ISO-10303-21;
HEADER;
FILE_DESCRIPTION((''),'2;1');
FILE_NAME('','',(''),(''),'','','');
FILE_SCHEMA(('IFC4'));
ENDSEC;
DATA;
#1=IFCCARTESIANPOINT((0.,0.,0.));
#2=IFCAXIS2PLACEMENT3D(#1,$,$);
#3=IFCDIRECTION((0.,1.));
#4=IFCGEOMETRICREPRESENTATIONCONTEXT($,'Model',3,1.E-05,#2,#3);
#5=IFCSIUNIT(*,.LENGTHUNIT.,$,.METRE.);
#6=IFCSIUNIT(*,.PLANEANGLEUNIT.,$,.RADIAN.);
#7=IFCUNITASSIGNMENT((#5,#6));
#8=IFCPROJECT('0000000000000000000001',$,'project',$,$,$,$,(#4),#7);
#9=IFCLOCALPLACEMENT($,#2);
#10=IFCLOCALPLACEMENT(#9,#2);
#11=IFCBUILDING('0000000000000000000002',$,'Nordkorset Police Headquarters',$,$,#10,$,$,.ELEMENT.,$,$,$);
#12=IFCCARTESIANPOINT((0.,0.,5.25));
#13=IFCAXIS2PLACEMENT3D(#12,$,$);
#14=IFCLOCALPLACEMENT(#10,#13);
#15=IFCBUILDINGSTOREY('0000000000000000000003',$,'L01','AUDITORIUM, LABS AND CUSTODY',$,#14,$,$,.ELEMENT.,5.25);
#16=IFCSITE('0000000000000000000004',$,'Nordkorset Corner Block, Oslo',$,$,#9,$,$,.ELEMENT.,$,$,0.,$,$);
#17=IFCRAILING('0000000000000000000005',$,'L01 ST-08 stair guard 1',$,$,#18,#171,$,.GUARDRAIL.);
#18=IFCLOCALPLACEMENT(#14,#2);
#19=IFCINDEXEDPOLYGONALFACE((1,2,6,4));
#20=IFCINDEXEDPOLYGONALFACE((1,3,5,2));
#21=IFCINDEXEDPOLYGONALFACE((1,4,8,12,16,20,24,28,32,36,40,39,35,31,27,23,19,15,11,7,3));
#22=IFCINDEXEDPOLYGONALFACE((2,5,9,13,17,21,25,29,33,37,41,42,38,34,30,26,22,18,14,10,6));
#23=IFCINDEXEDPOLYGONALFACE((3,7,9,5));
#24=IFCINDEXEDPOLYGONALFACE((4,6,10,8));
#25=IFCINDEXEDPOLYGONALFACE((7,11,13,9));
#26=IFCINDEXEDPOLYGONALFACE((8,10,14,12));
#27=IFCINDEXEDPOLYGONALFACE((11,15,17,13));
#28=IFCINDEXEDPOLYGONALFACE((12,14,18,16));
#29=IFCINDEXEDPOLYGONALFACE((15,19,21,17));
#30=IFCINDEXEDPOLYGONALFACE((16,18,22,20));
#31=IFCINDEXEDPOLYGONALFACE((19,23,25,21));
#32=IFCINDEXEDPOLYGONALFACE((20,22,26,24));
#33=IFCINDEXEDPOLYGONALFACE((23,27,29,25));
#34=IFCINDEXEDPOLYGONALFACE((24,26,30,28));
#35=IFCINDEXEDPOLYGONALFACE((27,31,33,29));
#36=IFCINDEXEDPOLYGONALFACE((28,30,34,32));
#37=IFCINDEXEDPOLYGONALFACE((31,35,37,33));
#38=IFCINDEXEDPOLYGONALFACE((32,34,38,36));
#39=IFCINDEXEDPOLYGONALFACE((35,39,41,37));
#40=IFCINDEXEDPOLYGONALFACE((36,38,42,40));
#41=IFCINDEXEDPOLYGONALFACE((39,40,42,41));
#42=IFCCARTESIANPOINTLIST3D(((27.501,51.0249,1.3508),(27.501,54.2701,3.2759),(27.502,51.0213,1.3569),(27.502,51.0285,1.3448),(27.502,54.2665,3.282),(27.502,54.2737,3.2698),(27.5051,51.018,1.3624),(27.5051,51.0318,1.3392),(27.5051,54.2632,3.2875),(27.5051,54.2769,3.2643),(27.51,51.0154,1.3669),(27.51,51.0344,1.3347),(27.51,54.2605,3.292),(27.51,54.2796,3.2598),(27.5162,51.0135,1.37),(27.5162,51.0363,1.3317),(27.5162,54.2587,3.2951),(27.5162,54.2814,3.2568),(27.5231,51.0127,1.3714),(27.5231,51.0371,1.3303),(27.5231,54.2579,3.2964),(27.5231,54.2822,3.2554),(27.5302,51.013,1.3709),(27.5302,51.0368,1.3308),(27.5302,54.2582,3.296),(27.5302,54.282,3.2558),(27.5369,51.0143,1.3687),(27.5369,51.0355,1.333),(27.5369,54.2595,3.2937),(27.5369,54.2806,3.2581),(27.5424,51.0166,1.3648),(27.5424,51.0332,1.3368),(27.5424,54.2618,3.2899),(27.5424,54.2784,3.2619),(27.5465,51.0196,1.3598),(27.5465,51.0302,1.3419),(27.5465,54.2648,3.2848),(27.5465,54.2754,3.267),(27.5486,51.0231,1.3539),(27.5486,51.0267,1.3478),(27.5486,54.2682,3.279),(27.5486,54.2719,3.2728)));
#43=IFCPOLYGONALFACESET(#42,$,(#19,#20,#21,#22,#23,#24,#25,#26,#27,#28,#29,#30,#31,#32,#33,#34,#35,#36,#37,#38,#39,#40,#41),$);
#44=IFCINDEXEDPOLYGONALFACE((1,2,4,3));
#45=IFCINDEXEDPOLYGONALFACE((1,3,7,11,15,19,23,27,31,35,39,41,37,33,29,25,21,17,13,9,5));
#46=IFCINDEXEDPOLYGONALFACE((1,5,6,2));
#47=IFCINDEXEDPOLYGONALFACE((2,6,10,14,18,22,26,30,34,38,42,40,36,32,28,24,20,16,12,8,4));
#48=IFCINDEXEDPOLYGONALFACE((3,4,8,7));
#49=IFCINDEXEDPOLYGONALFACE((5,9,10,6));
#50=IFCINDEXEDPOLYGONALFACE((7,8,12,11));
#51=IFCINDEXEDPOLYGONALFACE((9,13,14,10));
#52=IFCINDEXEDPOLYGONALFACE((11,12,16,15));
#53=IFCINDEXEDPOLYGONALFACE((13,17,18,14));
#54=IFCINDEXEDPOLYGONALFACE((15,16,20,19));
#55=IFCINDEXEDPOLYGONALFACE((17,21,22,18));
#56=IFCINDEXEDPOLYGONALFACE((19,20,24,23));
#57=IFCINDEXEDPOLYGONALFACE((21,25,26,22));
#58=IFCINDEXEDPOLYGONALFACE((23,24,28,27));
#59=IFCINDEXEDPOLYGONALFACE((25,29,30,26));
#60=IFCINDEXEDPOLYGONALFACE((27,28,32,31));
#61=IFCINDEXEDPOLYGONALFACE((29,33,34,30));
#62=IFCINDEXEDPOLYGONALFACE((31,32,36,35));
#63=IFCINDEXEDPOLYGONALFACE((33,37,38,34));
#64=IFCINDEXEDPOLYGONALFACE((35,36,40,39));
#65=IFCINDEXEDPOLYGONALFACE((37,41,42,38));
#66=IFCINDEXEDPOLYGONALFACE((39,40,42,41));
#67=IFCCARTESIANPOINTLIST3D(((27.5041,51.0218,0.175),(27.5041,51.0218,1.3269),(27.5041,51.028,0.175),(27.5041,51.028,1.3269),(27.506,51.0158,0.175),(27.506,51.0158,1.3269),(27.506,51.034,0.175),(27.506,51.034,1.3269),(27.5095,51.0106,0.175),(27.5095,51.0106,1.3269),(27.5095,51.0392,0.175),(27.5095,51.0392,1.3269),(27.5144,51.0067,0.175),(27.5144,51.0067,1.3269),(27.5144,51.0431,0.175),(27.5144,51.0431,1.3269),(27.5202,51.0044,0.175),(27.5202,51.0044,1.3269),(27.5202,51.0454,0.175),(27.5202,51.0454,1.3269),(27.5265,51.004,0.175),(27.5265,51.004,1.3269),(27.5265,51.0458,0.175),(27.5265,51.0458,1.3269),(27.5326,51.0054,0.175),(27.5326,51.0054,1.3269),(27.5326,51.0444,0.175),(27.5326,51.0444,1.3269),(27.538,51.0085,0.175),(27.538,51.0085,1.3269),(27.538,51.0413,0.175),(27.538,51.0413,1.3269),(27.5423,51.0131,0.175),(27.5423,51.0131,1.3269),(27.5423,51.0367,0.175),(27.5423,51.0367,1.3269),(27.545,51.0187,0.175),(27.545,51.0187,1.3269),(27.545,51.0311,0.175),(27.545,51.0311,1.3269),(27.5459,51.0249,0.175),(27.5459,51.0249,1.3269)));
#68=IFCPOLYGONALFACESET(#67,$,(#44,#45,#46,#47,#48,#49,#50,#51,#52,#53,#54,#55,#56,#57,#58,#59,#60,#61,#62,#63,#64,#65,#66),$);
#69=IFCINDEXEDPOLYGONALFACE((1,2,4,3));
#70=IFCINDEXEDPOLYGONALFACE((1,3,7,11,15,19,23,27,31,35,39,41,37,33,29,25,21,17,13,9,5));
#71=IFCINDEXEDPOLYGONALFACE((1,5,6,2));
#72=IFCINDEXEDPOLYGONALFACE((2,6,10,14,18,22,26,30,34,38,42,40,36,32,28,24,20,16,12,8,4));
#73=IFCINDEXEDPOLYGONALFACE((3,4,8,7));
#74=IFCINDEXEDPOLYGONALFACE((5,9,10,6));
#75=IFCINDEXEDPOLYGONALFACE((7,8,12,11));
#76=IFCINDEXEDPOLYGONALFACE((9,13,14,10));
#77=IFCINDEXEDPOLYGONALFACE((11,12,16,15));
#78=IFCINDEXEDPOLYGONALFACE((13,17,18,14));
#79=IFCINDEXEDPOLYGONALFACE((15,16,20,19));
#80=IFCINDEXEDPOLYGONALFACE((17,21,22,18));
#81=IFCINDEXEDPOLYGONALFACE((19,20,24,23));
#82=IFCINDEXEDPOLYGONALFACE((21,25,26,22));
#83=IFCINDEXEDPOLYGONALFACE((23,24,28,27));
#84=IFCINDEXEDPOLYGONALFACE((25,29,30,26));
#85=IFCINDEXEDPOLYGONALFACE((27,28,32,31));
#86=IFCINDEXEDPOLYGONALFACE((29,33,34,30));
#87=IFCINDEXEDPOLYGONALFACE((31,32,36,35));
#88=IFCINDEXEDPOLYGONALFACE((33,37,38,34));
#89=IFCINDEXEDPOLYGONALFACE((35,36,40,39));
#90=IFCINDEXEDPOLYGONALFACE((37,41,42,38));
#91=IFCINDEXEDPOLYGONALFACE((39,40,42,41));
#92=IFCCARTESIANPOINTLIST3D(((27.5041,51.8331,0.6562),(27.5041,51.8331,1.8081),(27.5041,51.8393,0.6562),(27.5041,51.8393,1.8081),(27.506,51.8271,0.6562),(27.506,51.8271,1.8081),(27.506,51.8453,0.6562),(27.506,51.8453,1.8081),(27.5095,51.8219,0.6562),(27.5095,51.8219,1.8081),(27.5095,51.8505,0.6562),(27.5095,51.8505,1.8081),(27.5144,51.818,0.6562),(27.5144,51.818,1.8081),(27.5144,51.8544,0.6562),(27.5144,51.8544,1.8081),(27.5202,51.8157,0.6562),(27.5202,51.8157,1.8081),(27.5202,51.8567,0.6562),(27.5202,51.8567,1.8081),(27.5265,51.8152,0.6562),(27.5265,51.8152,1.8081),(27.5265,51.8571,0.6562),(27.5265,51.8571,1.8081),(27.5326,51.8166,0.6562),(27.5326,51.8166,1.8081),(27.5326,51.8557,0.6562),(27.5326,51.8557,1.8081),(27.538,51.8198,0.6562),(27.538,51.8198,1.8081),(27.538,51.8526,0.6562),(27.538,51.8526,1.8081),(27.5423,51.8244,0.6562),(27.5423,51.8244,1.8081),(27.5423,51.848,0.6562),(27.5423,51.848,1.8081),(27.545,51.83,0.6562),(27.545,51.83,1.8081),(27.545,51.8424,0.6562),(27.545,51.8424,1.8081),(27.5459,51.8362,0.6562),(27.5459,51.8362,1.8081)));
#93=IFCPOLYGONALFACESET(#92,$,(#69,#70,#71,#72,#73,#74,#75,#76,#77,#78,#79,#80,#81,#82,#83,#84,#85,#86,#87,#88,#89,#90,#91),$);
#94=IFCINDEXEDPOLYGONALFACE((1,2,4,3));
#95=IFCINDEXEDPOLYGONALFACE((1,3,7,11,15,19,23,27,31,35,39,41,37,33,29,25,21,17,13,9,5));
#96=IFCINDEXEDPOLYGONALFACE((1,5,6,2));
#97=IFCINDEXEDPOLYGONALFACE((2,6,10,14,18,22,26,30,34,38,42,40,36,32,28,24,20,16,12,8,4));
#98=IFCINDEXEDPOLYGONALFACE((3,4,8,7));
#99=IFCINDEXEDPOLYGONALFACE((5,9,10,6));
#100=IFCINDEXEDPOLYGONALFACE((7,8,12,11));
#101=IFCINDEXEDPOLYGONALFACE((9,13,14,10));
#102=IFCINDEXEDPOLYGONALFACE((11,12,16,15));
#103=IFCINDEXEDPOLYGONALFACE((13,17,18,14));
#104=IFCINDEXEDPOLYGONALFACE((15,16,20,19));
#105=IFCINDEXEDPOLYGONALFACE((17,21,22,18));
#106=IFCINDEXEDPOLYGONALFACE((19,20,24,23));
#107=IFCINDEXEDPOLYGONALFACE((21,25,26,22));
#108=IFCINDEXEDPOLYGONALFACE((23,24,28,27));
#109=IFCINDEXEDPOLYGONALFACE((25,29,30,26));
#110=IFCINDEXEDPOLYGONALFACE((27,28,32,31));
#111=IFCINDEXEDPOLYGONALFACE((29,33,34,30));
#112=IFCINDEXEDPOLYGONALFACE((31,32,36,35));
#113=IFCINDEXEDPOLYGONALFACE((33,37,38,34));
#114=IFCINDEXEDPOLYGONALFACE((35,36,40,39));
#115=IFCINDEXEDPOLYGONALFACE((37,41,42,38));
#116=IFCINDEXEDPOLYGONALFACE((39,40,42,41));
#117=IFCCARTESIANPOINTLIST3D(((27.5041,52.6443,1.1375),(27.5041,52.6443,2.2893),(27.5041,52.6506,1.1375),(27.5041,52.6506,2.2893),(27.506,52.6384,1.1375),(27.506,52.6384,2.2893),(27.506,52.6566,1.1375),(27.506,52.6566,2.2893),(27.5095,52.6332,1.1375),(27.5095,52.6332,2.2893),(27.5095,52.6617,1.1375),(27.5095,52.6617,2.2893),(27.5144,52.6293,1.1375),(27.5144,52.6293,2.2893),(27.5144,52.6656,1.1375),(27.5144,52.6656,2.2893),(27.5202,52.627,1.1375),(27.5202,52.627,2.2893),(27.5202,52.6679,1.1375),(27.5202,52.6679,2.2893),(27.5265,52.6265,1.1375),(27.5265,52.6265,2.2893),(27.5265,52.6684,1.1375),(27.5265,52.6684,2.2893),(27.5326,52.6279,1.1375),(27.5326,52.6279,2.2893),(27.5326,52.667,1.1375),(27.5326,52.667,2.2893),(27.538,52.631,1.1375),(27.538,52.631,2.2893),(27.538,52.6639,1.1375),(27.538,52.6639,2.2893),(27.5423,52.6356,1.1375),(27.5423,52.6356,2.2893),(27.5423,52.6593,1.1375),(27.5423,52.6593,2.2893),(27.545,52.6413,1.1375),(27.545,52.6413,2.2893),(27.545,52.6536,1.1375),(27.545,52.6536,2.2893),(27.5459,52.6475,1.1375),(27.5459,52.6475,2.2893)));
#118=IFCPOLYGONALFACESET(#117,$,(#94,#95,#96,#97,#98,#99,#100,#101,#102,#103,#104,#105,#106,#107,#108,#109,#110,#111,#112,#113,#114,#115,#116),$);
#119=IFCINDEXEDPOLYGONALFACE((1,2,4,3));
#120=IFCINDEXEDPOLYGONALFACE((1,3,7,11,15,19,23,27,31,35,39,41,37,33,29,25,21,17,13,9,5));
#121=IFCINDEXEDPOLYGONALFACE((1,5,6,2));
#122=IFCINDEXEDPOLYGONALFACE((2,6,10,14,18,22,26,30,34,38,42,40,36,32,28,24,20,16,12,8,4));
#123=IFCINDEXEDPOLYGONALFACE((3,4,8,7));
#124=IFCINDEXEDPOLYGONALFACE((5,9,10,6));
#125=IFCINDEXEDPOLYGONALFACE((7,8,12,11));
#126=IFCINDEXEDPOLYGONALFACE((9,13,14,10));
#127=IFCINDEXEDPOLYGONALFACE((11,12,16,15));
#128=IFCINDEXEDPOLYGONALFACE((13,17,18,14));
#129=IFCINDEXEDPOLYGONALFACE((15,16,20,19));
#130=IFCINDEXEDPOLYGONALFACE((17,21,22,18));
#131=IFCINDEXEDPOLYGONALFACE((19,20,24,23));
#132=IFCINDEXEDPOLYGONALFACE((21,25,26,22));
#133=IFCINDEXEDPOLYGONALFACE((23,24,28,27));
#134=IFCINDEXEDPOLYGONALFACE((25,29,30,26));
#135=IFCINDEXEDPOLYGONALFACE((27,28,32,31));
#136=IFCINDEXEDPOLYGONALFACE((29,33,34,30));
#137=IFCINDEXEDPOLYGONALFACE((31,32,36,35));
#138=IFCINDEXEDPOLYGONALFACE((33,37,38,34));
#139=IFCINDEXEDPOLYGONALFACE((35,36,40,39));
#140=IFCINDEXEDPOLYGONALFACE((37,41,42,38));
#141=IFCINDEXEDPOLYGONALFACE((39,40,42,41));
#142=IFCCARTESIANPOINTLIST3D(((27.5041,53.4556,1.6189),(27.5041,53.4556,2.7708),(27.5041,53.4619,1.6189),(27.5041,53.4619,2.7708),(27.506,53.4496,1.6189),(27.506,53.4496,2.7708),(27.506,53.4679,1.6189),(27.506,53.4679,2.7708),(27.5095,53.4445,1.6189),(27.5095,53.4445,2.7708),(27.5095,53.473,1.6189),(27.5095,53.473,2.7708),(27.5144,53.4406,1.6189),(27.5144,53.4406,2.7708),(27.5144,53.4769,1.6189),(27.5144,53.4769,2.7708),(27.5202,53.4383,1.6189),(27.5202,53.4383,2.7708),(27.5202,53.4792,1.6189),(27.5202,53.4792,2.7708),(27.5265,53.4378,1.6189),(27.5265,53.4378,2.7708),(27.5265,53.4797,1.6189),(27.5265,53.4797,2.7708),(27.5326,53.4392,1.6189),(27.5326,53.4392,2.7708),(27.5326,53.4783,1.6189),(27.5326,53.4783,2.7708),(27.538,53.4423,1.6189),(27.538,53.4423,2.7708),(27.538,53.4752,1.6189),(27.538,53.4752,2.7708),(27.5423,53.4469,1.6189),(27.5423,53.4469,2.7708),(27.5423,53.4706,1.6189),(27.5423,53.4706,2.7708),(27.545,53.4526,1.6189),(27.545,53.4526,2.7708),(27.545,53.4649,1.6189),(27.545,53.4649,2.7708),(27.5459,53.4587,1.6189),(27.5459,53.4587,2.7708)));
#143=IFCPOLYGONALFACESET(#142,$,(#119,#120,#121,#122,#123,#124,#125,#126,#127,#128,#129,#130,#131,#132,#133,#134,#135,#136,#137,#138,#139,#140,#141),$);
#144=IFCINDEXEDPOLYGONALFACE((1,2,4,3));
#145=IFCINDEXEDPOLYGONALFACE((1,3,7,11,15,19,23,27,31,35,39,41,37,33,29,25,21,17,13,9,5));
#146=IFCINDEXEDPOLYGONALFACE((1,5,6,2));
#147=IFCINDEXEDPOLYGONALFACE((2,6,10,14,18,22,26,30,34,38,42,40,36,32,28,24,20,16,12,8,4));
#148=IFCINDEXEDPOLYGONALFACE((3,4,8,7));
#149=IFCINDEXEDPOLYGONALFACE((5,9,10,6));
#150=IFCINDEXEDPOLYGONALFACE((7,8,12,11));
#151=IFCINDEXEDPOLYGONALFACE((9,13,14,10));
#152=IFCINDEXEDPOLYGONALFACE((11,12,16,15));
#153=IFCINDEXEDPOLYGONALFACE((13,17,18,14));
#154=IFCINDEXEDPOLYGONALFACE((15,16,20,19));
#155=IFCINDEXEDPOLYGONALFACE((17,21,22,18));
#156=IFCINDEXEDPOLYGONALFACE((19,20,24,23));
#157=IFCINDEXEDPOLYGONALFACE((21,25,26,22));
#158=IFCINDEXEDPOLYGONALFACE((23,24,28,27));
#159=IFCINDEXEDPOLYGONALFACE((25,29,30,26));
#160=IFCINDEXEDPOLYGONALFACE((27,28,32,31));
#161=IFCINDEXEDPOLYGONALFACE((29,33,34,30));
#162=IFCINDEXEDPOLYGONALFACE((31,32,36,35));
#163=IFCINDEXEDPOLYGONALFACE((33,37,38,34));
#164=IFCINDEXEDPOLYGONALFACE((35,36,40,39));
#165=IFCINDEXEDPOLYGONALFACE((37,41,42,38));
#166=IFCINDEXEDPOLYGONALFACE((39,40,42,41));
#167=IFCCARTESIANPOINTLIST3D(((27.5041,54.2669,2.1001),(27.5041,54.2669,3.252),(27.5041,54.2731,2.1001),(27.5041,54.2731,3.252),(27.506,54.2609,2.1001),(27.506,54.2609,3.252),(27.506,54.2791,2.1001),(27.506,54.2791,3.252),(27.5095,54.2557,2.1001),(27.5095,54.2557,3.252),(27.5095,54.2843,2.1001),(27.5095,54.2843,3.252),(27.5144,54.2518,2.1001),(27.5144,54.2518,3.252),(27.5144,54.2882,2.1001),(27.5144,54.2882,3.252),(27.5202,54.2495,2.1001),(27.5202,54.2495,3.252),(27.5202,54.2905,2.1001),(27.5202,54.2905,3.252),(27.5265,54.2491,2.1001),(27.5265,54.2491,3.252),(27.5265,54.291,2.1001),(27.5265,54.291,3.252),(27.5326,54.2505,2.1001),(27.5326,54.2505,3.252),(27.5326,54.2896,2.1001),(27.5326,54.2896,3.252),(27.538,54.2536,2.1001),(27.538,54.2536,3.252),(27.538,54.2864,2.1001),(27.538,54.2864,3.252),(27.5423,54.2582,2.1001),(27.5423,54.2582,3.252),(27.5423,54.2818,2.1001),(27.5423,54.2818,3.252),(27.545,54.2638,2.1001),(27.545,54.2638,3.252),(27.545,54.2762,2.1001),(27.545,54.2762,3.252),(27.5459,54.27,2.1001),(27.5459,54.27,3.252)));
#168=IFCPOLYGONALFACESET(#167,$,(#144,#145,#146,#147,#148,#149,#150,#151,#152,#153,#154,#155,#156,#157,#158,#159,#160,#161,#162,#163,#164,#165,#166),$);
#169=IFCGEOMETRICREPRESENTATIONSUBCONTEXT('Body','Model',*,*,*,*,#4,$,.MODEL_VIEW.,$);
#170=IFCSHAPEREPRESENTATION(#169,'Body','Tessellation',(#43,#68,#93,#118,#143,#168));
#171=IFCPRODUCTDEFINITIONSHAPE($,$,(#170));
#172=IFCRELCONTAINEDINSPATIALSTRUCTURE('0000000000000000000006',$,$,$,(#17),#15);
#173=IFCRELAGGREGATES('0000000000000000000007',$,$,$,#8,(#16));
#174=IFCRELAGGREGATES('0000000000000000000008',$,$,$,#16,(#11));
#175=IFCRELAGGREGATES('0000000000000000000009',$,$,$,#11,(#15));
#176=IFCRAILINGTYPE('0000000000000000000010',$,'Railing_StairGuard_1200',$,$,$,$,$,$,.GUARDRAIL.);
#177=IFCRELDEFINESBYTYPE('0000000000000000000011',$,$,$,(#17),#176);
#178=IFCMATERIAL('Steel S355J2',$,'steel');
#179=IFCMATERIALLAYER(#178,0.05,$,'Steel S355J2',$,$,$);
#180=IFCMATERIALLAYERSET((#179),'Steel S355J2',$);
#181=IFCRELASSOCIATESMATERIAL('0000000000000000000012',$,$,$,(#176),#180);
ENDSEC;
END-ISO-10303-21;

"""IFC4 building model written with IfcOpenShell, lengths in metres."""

from ifc_helpers import new_model, si_unit, direction, frame, origin, origin_2d, place, context, subcontext, project, spatial, circle, extrude, material, layer, layer_set, type_object, element, save


model = new_model("IFC4")

# Units and contexts
model_context = context("Model", 3, precision=1e-05, world=origin(), true_north=direction((0.0, 1.0)))
body_context = subcontext(model_context, "Body", "Model", "MODEL_VIEW")
ifc_project = project(units=[si_unit("LENGTHUNIT", "METRE"), si_unit("PLANEANGLEUNIT", "RADIAN")], contexts=[model_context])

# Site, building, storey
site_placement = place(None, origin())
site = spatial("IfcSite", under=ifc_project, at=site_placement, Name="Nordkorset Corner Block, Oslo", CompositionType="ELEMENT", RefElevation=0.0)
building_placement = place(site_placement, origin())
building = spatial("IfcBuilding", under=site, at=building_placement, Name="Nordkorset Police Headquarters", CompositionType="ELEMENT")
storey_placement = place(building_placement, frame((0.0, 0.0, 5.25)))
storey = spatial("IfcBuildingStorey", under=building, at=storey_placement, Name="L01", Description="AUDITORIUM, LABS AND CUSTODY", CompositionType="ELEMENT", Elevation=5.25)

# Railing
ifc_material_1 = material(Name="Steel S355J2", Category="steel")
ifc_layer_1 = layer(ifc_material_1, 0.05, Name="Steel S355J2")
ifc_layer_set_1 = layer_set([ifc_layer_1], Name="Steel S355J2")
railing_type_1 = type_object("IfcRailingType", Name="Railing_StairGuard_1200", PredefinedType="GUARDRAIL", material=ifc_layer_set_1)
railing_1_placement = place(storey_placement, frame((27.5249, 51.0249, 0.175)))
element("IfcRailing", 1, at=railing_1_placement, inside=storey, type_object=railing_type_1, Name="L01 ST-08 stair guard 1", PredefinedType="GUARDRAIL", context=body_context, shape_type="SweptSolid", body=[
    extrude(circle(Radius=0.0239, at=origin_2d()), frame((0.0, 0.0, 1.1758), z_axis=(0.0, 0.860057, 0.510198), x_axis=(-1.0, 0.0, 0.0)), (0.0, 0.0, 1.0), 3.7732),
    extrude(circle(Radius=0.021, at=origin_2d()), origin(), (0.0, 0.0, 1.0), 1.1519),
    extrude(circle(Radius=0.021, at=origin_2d()), frame((0.0, 0.8113, 0.4812)), (0.0, 0.0, 1.0), 1.1519),
    extrude(circle(Radius=0.021, at=origin_2d()), frame((0.0, 1.6226, 0.9624)), (0.0, 0.0, 1.0), 1.1519),
    extrude(circle(Radius=0.021, at=origin_2d()), frame((0.0, 2.4338, 1.4438)), (0.0, 0.0, 1.0), 1.1519),
    extrude(circle(Radius=0.021, at=origin_2d()), frame((0.0, 3.2451, 1.925)), (0.0, 0.0, 1.0), 1.1519),
])

save(model, "model.ifc")
